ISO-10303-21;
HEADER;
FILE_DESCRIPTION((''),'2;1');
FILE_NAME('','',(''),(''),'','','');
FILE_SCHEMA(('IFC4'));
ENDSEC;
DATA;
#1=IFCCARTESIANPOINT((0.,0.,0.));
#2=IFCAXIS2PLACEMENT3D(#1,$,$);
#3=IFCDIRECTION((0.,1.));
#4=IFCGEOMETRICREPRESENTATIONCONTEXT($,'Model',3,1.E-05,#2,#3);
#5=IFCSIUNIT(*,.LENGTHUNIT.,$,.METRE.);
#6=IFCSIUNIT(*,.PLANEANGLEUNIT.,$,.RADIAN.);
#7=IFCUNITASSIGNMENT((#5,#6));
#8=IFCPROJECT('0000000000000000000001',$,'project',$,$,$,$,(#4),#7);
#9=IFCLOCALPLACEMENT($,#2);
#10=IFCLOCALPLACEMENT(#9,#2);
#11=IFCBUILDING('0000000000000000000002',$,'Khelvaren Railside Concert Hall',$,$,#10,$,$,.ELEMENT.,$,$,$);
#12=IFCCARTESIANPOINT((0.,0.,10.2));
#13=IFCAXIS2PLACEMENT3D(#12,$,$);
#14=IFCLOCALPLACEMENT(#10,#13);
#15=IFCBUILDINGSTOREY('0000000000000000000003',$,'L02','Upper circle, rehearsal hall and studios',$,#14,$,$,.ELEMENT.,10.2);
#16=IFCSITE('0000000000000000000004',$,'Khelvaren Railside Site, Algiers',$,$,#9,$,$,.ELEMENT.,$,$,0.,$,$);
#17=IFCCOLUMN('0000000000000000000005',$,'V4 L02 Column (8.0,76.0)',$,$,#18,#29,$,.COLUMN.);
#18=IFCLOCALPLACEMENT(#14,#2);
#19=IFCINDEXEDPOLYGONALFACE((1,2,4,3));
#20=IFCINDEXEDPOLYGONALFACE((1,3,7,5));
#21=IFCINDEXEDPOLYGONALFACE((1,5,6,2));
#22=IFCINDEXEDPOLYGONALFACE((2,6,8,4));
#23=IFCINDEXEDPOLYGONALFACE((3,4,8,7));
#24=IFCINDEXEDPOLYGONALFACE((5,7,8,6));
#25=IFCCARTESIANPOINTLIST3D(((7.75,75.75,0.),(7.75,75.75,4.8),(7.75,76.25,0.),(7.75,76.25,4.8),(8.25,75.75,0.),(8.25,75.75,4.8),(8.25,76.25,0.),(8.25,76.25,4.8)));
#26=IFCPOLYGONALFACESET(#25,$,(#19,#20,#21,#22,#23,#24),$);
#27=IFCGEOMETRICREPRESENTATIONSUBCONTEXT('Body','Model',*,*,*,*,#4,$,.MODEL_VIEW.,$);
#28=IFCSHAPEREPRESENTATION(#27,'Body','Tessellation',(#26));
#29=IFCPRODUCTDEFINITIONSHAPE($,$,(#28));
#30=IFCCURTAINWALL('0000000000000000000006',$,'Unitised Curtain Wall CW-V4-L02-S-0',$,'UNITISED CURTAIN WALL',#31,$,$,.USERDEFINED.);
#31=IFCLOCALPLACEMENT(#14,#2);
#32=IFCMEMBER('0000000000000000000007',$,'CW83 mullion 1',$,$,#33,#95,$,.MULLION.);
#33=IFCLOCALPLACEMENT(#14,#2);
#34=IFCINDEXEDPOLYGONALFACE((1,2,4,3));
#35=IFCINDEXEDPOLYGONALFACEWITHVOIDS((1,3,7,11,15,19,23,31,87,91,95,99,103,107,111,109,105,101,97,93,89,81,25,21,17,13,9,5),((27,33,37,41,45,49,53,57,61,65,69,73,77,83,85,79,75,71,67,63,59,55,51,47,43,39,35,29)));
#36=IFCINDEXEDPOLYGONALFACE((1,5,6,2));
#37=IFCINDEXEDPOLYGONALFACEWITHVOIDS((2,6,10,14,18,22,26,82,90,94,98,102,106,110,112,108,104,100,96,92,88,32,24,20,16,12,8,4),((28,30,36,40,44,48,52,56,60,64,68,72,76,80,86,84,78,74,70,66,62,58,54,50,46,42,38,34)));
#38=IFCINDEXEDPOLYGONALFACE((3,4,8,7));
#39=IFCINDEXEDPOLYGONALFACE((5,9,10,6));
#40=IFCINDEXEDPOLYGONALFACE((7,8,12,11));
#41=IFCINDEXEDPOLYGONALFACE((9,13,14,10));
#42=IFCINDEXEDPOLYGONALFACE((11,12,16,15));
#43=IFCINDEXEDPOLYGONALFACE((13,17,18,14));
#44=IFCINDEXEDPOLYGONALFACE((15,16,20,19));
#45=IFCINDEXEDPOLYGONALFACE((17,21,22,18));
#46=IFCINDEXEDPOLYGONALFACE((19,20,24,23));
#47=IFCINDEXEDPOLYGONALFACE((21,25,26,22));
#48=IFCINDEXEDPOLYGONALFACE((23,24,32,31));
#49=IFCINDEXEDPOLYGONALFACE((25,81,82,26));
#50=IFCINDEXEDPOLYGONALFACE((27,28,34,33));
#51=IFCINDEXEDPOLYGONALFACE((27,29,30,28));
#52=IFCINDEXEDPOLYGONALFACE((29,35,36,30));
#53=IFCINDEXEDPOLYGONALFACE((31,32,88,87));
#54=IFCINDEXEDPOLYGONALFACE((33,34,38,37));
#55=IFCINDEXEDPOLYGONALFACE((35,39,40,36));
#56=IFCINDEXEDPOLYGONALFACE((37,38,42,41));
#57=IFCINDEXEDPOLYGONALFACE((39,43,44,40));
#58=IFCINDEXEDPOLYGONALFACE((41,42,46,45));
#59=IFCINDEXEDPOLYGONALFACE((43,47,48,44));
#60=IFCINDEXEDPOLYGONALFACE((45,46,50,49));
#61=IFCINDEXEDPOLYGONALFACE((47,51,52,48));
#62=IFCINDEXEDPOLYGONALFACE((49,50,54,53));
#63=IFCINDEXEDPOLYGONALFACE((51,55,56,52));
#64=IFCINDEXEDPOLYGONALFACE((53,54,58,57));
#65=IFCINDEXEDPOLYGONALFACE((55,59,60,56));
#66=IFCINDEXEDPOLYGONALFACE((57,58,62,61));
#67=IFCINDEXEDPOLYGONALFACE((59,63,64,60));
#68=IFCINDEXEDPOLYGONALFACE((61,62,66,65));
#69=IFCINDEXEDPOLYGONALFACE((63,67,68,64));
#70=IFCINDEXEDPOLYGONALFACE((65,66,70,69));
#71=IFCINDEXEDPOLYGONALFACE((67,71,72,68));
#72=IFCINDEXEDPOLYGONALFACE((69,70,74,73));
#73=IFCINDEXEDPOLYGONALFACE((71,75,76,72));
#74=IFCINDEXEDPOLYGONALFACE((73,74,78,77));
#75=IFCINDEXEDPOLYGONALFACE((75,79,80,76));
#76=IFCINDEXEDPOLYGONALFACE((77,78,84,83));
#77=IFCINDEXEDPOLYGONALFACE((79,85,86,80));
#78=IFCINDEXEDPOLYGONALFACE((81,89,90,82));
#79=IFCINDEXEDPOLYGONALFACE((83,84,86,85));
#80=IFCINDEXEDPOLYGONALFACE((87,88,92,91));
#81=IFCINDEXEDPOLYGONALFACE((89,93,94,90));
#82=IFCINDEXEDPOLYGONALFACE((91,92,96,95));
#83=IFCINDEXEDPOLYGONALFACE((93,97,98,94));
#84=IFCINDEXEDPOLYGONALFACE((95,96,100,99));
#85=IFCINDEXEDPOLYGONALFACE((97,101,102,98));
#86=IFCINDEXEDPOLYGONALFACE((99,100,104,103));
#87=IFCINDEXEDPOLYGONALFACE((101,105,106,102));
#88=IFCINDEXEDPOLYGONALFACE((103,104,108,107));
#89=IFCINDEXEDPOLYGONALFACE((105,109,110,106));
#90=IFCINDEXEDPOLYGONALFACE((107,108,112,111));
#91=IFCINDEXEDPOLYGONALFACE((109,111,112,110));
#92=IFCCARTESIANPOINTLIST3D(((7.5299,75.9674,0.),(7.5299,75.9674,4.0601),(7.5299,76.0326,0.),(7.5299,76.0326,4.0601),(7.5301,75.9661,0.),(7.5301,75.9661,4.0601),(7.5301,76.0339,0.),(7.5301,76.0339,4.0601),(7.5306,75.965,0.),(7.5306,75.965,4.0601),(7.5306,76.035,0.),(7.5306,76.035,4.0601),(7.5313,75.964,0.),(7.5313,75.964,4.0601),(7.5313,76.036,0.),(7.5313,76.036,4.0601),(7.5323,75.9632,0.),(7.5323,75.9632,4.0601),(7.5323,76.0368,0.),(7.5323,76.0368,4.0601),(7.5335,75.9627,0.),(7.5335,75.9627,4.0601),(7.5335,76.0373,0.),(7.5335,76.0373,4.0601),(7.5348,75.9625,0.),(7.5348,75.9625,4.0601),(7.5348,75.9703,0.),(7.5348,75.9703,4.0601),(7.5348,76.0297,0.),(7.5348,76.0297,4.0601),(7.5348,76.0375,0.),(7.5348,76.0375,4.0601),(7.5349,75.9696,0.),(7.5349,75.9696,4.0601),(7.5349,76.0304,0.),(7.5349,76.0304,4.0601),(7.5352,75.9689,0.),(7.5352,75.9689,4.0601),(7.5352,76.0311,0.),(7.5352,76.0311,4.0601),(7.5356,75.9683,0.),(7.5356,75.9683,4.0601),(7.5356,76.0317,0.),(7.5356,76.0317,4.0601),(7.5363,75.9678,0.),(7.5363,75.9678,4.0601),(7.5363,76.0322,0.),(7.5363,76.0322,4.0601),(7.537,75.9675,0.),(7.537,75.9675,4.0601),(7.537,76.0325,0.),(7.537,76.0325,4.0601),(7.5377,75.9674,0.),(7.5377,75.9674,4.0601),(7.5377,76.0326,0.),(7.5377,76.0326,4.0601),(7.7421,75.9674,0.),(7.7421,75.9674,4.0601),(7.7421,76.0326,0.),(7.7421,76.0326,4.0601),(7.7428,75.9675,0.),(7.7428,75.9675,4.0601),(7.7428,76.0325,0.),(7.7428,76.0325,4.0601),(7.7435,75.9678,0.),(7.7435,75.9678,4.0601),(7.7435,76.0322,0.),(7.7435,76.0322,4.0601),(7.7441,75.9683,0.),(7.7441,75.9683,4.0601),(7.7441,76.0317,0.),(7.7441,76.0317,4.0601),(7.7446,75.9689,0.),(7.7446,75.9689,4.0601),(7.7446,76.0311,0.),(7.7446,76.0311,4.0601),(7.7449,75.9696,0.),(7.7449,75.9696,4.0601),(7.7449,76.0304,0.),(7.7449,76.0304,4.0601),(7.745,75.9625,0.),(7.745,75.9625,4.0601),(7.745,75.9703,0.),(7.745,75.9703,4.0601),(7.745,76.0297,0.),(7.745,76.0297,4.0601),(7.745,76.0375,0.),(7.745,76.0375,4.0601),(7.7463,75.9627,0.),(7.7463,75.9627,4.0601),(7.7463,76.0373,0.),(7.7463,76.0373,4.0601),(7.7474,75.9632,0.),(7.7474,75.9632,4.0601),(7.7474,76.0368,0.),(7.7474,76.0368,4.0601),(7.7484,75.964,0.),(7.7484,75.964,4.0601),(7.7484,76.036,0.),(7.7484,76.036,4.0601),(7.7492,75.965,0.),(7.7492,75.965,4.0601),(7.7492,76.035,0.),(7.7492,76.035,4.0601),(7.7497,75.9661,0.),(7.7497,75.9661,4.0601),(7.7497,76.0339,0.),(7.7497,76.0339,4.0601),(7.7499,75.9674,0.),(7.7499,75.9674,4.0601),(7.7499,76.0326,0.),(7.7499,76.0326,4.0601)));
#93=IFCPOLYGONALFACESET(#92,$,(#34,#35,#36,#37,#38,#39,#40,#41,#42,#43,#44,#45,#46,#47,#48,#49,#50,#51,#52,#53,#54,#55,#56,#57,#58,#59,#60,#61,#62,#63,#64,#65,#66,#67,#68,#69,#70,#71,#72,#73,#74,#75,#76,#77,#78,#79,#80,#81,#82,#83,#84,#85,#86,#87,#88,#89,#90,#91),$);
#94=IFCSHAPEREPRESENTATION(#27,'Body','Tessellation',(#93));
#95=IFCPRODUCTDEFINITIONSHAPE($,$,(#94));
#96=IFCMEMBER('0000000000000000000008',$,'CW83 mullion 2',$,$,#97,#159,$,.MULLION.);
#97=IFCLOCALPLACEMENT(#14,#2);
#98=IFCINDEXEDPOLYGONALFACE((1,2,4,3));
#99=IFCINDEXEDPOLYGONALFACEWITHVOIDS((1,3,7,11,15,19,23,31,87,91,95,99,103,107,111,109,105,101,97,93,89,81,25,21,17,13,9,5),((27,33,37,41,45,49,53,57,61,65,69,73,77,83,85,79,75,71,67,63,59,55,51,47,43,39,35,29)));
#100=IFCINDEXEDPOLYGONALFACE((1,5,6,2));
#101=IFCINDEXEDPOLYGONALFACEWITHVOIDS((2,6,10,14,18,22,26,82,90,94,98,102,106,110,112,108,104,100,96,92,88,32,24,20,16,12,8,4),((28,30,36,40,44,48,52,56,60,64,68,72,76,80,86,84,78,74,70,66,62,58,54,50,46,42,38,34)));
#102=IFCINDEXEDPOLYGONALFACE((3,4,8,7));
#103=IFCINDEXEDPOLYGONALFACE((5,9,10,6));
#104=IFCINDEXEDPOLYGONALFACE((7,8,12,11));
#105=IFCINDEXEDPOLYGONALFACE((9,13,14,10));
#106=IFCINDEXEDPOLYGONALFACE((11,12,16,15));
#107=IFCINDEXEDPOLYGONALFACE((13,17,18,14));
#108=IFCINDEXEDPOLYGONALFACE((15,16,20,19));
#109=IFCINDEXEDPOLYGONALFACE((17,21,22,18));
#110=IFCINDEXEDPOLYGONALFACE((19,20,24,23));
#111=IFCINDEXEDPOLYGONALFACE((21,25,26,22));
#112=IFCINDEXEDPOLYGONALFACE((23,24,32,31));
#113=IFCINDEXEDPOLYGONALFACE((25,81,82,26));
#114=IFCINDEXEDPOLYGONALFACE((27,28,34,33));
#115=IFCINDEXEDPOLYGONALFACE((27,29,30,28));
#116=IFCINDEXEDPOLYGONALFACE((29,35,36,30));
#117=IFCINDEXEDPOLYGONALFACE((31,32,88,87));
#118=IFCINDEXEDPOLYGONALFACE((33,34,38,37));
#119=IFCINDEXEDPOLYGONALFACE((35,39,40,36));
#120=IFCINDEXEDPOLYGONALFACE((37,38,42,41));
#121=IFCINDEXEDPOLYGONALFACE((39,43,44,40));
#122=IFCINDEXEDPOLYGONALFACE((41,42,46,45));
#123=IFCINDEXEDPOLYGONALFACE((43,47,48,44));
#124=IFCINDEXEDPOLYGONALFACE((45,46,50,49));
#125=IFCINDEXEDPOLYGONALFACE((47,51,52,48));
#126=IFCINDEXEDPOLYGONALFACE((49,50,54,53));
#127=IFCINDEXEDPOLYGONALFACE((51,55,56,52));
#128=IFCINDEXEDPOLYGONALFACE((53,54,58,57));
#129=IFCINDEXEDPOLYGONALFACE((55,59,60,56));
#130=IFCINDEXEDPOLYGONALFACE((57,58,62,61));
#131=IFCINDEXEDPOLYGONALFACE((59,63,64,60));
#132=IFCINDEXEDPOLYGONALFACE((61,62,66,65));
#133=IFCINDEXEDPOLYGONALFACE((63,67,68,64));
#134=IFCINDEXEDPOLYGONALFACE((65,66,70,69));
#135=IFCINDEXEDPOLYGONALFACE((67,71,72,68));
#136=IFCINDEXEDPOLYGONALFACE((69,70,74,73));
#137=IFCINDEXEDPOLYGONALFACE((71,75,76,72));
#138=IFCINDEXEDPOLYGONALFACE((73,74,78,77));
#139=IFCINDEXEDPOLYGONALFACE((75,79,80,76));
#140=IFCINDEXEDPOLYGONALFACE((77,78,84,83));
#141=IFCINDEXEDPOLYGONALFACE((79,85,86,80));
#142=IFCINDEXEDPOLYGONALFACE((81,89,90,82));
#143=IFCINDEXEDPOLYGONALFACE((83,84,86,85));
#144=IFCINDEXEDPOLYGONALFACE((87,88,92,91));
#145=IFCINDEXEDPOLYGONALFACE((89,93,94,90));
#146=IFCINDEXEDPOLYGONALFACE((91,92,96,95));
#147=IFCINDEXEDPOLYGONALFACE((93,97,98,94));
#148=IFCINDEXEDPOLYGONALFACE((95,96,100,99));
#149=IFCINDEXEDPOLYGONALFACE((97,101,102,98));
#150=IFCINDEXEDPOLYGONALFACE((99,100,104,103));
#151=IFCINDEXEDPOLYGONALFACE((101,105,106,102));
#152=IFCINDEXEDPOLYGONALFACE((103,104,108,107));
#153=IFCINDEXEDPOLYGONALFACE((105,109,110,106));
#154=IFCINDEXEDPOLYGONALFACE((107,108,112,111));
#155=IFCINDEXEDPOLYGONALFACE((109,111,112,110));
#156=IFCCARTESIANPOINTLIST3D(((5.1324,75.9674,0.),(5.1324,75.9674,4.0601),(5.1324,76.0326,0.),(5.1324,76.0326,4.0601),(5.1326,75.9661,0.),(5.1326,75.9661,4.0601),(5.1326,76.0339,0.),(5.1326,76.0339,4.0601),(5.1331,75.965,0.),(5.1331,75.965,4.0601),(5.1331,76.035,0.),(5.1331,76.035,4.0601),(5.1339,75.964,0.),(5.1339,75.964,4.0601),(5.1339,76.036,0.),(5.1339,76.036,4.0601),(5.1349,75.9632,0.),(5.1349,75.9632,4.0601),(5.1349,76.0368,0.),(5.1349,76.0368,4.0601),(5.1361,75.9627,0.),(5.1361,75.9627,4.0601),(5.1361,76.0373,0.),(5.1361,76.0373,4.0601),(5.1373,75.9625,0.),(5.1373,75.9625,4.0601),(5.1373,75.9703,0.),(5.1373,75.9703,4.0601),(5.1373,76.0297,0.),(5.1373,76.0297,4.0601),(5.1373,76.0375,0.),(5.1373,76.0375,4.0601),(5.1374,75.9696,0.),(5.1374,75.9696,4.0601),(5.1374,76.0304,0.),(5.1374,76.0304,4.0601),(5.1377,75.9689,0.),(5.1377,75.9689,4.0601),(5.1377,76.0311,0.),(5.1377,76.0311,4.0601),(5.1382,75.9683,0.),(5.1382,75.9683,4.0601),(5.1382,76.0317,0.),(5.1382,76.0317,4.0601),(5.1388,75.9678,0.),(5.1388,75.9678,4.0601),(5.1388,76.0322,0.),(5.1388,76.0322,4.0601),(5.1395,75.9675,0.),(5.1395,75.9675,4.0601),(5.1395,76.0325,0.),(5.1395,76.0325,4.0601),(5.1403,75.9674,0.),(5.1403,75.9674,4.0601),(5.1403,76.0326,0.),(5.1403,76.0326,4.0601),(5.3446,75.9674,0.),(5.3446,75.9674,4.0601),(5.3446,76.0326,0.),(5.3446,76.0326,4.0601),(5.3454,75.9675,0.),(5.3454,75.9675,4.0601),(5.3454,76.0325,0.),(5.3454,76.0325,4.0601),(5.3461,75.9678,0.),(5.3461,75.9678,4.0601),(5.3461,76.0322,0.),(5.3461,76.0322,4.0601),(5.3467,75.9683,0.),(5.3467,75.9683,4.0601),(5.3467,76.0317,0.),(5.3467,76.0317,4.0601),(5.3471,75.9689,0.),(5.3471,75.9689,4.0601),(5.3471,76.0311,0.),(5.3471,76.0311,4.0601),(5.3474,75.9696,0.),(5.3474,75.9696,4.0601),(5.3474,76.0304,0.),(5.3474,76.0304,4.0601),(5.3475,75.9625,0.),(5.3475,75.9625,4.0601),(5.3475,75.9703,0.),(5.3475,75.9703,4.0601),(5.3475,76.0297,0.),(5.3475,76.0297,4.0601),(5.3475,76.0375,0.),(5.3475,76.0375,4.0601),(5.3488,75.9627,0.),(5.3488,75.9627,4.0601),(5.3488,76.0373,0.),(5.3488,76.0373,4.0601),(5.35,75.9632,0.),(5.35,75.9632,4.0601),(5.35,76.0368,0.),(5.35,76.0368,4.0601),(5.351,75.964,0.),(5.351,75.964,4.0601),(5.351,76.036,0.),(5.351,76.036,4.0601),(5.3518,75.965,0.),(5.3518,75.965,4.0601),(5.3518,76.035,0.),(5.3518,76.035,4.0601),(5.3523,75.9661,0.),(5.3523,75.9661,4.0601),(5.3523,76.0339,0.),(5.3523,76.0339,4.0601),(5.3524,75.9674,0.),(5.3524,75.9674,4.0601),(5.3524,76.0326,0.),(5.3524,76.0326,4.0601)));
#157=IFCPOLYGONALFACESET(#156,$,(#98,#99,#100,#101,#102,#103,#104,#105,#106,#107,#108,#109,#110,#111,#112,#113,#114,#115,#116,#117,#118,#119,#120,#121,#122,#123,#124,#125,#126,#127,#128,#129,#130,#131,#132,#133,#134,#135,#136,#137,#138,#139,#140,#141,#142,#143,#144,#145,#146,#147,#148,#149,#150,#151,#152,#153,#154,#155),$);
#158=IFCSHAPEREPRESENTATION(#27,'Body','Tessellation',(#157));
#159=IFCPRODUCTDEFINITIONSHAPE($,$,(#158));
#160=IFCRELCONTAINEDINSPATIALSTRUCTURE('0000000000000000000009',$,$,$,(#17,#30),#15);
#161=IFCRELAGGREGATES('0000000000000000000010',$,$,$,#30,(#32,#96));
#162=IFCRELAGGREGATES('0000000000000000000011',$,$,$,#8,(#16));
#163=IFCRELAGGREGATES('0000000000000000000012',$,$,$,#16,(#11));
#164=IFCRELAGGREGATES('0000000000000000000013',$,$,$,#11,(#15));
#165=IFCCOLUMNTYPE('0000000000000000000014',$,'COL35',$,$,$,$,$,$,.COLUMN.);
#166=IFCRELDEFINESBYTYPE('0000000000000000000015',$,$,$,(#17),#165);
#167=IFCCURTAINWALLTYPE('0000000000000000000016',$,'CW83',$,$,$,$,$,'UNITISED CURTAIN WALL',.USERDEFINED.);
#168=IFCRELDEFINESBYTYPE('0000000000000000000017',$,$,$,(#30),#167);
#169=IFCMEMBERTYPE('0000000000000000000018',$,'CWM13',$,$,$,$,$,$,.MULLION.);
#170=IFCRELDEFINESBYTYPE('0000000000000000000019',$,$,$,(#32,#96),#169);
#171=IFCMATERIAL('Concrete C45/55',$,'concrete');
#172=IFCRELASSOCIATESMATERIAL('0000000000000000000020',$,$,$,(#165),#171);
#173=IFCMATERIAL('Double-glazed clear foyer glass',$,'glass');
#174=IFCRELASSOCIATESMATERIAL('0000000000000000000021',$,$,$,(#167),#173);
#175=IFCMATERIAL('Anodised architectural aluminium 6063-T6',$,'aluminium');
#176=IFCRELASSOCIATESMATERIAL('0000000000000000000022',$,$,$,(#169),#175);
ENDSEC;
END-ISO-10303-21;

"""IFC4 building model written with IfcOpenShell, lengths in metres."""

from ifc_helpers import new_model, si_unit, direction, frame, origin, origin_2d, place, context, subcontext, project, spatial, rectangle, hollow_rectangle, extrude, material, material_profile, profile_set, type_object, element, aggregate, save


model = new_model("IFC4")

# Units and contexts
model_context = context("Model", 3, precision=1e-05, world=origin(), true_north=direction((0.0, 1.0)))
body_context = subcontext(model_context, "Body", "Model", "MODEL_VIEW")
ifc_project = project(units=[si_unit("LENGTHUNIT", "METRE"), si_unit("PLANEANGLEUNIT", "RADIAN")], contexts=[model_context])

# Site, building, storey
site_placement = place(None, origin())
site = spatial("IfcSite", under=ifc_project, at=site_placement, Name="Khelvaren Railside Site, Algiers", CompositionType="ELEMENT", RefElevation=0.0)
building_placement = place(site_placement, origin())
building = spatial("IfcBuilding", under=site, at=building_placement, Name="Khelvaren Railside Concert Hall", CompositionType="ELEMENT")
storey_placement = place(building_placement, frame((0.0, 0.0, 10.2)))
storey = spatial("IfcBuildingStorey", under=building, at=storey_placement, Name="L02", Description="Upper circle, rehearsal hall and studios", CompositionType="ELEMENT", Elevation=10.2)

# Column
ifc_material_1 = material(Name="Concrete C45/55", Category="concrete")
ifc_material_profile_1 = material_profile(ifc_material_1, rectangle(XDim=0.5, YDim=0.5, at=origin_2d()), Name="RC 500x500")
ifc_profile_set_1 = profile_set([ifc_material_profile_1], Name="Concrete C45/55")
column_type = type_object("IfcColumnType", Name="COL35", PredefinedType="COLUMN", material=ifc_profile_set_1)
column_placement = place(storey_placement, frame((8.0, 76.0, 0.0), z_axis=(0.0, 0.0, 1.0), x_axis=(1.0, 0.0, 0.0)))
element("IfcColumn", 1, at=column_placement, inside=storey, type_object=column_type, Name="V4 L02 Column (8.0,76.0)", PredefinedType="COLUMN", context=body_context, shape_type="SweptSolid", body=[
    extrude(rectangle(XDim=0.5, YDim=0.5, at=origin_2d()), origin(), (0.0, 0.0, 1.0), 4.8),
])

# Curtain wall, members
ifc_material_2 = material(Name="Double-glazed clear foyer glass", Category="glass")
curtain_wall_type = type_object("IfcCurtainWallType", Name="CW83", ElementType="UNITISED CURTAIN WALL", PredefinedType="USERDEFINED", material=ifc_material_2)
curtain_wall_placement = place(storey_placement, origin())
curtain_wall = element("IfcCurtainWall", 2, at=curtain_wall_placement, inside=storey, type_object=curtain_wall_type, Name="Unitised Curtain Wall CW-V4-L02-S-0", ObjectType="UNITISED CURTAIN WALL", PredefinedType="USERDEFINED")
ifc_material_3 = material(Name="Anodised architectural aluminium 6063-T6", Category="aluminium")
ifc_material_profile_2 = material_profile(ifc_material_3, hollow_rectangle(XDim=0.075, YDim=0.22, WallThickness=0.0049, InnerFilletRadius=0.0029, OuterFilletRadius=0.0049, at=origin_2d()), Name="CWM 75x220x5")
ifc_profile_set_2 = profile_set([ifc_material_profile_2], Name="Anodised architectural aluminium 6063-T6")
member_type_1 = type_object("IfcMemberType", Name="CWM13", PredefinedType="MULLION", material=ifc_profile_set_2)
member_1_placement = place(storey_placement, frame((7.6399, 76.0, 0.0), z_axis=(0.0, 0.0, 1.0), x_axis=(0.0, -1.0, 0.0)))
member_1 = element("IfcMember", 3, at=member_1_placement, type_object=member_type_1, Name="CW83 mullion 1", PredefinedType="MULLION", context=body_context, shape_type="SweptSolid", body=[
    extrude(hollow_rectangle(XDim=0.075, YDim=0.22, WallThickness=0.0049, InnerFilletRadius=0.0029, OuterFilletRadius=0.0049, at=origin_2d()), origin(), (0.0, 0.0, 1.0), 4.0601),
])
member_2_placement = place(storey_placement, frame((5.2424, 76.0, 0.0), z_axis=(0.0, 0.0, 1.0), x_axis=(0.0, -1.0, 0.0)))
member_2 = element("IfcMember", 4, at=member_2_placement, type_object=member_type_1, Name="CW83 mullion 2", PredefinedType="MULLION", context=body_context, shape_type="SweptSolid", body=[
    extrude(hollow_rectangle(XDim=0.075, YDim=0.22, WallThickness=0.0049, InnerFilletRadius=0.0029, OuterFilletRadius=0.0049, at=origin_2d()), origin(), (0.0, 0.0, 1.0), 4.0601),
])
aggregate(curtain_wall, [member_1, member_2])

save(model, "model.ifc")
